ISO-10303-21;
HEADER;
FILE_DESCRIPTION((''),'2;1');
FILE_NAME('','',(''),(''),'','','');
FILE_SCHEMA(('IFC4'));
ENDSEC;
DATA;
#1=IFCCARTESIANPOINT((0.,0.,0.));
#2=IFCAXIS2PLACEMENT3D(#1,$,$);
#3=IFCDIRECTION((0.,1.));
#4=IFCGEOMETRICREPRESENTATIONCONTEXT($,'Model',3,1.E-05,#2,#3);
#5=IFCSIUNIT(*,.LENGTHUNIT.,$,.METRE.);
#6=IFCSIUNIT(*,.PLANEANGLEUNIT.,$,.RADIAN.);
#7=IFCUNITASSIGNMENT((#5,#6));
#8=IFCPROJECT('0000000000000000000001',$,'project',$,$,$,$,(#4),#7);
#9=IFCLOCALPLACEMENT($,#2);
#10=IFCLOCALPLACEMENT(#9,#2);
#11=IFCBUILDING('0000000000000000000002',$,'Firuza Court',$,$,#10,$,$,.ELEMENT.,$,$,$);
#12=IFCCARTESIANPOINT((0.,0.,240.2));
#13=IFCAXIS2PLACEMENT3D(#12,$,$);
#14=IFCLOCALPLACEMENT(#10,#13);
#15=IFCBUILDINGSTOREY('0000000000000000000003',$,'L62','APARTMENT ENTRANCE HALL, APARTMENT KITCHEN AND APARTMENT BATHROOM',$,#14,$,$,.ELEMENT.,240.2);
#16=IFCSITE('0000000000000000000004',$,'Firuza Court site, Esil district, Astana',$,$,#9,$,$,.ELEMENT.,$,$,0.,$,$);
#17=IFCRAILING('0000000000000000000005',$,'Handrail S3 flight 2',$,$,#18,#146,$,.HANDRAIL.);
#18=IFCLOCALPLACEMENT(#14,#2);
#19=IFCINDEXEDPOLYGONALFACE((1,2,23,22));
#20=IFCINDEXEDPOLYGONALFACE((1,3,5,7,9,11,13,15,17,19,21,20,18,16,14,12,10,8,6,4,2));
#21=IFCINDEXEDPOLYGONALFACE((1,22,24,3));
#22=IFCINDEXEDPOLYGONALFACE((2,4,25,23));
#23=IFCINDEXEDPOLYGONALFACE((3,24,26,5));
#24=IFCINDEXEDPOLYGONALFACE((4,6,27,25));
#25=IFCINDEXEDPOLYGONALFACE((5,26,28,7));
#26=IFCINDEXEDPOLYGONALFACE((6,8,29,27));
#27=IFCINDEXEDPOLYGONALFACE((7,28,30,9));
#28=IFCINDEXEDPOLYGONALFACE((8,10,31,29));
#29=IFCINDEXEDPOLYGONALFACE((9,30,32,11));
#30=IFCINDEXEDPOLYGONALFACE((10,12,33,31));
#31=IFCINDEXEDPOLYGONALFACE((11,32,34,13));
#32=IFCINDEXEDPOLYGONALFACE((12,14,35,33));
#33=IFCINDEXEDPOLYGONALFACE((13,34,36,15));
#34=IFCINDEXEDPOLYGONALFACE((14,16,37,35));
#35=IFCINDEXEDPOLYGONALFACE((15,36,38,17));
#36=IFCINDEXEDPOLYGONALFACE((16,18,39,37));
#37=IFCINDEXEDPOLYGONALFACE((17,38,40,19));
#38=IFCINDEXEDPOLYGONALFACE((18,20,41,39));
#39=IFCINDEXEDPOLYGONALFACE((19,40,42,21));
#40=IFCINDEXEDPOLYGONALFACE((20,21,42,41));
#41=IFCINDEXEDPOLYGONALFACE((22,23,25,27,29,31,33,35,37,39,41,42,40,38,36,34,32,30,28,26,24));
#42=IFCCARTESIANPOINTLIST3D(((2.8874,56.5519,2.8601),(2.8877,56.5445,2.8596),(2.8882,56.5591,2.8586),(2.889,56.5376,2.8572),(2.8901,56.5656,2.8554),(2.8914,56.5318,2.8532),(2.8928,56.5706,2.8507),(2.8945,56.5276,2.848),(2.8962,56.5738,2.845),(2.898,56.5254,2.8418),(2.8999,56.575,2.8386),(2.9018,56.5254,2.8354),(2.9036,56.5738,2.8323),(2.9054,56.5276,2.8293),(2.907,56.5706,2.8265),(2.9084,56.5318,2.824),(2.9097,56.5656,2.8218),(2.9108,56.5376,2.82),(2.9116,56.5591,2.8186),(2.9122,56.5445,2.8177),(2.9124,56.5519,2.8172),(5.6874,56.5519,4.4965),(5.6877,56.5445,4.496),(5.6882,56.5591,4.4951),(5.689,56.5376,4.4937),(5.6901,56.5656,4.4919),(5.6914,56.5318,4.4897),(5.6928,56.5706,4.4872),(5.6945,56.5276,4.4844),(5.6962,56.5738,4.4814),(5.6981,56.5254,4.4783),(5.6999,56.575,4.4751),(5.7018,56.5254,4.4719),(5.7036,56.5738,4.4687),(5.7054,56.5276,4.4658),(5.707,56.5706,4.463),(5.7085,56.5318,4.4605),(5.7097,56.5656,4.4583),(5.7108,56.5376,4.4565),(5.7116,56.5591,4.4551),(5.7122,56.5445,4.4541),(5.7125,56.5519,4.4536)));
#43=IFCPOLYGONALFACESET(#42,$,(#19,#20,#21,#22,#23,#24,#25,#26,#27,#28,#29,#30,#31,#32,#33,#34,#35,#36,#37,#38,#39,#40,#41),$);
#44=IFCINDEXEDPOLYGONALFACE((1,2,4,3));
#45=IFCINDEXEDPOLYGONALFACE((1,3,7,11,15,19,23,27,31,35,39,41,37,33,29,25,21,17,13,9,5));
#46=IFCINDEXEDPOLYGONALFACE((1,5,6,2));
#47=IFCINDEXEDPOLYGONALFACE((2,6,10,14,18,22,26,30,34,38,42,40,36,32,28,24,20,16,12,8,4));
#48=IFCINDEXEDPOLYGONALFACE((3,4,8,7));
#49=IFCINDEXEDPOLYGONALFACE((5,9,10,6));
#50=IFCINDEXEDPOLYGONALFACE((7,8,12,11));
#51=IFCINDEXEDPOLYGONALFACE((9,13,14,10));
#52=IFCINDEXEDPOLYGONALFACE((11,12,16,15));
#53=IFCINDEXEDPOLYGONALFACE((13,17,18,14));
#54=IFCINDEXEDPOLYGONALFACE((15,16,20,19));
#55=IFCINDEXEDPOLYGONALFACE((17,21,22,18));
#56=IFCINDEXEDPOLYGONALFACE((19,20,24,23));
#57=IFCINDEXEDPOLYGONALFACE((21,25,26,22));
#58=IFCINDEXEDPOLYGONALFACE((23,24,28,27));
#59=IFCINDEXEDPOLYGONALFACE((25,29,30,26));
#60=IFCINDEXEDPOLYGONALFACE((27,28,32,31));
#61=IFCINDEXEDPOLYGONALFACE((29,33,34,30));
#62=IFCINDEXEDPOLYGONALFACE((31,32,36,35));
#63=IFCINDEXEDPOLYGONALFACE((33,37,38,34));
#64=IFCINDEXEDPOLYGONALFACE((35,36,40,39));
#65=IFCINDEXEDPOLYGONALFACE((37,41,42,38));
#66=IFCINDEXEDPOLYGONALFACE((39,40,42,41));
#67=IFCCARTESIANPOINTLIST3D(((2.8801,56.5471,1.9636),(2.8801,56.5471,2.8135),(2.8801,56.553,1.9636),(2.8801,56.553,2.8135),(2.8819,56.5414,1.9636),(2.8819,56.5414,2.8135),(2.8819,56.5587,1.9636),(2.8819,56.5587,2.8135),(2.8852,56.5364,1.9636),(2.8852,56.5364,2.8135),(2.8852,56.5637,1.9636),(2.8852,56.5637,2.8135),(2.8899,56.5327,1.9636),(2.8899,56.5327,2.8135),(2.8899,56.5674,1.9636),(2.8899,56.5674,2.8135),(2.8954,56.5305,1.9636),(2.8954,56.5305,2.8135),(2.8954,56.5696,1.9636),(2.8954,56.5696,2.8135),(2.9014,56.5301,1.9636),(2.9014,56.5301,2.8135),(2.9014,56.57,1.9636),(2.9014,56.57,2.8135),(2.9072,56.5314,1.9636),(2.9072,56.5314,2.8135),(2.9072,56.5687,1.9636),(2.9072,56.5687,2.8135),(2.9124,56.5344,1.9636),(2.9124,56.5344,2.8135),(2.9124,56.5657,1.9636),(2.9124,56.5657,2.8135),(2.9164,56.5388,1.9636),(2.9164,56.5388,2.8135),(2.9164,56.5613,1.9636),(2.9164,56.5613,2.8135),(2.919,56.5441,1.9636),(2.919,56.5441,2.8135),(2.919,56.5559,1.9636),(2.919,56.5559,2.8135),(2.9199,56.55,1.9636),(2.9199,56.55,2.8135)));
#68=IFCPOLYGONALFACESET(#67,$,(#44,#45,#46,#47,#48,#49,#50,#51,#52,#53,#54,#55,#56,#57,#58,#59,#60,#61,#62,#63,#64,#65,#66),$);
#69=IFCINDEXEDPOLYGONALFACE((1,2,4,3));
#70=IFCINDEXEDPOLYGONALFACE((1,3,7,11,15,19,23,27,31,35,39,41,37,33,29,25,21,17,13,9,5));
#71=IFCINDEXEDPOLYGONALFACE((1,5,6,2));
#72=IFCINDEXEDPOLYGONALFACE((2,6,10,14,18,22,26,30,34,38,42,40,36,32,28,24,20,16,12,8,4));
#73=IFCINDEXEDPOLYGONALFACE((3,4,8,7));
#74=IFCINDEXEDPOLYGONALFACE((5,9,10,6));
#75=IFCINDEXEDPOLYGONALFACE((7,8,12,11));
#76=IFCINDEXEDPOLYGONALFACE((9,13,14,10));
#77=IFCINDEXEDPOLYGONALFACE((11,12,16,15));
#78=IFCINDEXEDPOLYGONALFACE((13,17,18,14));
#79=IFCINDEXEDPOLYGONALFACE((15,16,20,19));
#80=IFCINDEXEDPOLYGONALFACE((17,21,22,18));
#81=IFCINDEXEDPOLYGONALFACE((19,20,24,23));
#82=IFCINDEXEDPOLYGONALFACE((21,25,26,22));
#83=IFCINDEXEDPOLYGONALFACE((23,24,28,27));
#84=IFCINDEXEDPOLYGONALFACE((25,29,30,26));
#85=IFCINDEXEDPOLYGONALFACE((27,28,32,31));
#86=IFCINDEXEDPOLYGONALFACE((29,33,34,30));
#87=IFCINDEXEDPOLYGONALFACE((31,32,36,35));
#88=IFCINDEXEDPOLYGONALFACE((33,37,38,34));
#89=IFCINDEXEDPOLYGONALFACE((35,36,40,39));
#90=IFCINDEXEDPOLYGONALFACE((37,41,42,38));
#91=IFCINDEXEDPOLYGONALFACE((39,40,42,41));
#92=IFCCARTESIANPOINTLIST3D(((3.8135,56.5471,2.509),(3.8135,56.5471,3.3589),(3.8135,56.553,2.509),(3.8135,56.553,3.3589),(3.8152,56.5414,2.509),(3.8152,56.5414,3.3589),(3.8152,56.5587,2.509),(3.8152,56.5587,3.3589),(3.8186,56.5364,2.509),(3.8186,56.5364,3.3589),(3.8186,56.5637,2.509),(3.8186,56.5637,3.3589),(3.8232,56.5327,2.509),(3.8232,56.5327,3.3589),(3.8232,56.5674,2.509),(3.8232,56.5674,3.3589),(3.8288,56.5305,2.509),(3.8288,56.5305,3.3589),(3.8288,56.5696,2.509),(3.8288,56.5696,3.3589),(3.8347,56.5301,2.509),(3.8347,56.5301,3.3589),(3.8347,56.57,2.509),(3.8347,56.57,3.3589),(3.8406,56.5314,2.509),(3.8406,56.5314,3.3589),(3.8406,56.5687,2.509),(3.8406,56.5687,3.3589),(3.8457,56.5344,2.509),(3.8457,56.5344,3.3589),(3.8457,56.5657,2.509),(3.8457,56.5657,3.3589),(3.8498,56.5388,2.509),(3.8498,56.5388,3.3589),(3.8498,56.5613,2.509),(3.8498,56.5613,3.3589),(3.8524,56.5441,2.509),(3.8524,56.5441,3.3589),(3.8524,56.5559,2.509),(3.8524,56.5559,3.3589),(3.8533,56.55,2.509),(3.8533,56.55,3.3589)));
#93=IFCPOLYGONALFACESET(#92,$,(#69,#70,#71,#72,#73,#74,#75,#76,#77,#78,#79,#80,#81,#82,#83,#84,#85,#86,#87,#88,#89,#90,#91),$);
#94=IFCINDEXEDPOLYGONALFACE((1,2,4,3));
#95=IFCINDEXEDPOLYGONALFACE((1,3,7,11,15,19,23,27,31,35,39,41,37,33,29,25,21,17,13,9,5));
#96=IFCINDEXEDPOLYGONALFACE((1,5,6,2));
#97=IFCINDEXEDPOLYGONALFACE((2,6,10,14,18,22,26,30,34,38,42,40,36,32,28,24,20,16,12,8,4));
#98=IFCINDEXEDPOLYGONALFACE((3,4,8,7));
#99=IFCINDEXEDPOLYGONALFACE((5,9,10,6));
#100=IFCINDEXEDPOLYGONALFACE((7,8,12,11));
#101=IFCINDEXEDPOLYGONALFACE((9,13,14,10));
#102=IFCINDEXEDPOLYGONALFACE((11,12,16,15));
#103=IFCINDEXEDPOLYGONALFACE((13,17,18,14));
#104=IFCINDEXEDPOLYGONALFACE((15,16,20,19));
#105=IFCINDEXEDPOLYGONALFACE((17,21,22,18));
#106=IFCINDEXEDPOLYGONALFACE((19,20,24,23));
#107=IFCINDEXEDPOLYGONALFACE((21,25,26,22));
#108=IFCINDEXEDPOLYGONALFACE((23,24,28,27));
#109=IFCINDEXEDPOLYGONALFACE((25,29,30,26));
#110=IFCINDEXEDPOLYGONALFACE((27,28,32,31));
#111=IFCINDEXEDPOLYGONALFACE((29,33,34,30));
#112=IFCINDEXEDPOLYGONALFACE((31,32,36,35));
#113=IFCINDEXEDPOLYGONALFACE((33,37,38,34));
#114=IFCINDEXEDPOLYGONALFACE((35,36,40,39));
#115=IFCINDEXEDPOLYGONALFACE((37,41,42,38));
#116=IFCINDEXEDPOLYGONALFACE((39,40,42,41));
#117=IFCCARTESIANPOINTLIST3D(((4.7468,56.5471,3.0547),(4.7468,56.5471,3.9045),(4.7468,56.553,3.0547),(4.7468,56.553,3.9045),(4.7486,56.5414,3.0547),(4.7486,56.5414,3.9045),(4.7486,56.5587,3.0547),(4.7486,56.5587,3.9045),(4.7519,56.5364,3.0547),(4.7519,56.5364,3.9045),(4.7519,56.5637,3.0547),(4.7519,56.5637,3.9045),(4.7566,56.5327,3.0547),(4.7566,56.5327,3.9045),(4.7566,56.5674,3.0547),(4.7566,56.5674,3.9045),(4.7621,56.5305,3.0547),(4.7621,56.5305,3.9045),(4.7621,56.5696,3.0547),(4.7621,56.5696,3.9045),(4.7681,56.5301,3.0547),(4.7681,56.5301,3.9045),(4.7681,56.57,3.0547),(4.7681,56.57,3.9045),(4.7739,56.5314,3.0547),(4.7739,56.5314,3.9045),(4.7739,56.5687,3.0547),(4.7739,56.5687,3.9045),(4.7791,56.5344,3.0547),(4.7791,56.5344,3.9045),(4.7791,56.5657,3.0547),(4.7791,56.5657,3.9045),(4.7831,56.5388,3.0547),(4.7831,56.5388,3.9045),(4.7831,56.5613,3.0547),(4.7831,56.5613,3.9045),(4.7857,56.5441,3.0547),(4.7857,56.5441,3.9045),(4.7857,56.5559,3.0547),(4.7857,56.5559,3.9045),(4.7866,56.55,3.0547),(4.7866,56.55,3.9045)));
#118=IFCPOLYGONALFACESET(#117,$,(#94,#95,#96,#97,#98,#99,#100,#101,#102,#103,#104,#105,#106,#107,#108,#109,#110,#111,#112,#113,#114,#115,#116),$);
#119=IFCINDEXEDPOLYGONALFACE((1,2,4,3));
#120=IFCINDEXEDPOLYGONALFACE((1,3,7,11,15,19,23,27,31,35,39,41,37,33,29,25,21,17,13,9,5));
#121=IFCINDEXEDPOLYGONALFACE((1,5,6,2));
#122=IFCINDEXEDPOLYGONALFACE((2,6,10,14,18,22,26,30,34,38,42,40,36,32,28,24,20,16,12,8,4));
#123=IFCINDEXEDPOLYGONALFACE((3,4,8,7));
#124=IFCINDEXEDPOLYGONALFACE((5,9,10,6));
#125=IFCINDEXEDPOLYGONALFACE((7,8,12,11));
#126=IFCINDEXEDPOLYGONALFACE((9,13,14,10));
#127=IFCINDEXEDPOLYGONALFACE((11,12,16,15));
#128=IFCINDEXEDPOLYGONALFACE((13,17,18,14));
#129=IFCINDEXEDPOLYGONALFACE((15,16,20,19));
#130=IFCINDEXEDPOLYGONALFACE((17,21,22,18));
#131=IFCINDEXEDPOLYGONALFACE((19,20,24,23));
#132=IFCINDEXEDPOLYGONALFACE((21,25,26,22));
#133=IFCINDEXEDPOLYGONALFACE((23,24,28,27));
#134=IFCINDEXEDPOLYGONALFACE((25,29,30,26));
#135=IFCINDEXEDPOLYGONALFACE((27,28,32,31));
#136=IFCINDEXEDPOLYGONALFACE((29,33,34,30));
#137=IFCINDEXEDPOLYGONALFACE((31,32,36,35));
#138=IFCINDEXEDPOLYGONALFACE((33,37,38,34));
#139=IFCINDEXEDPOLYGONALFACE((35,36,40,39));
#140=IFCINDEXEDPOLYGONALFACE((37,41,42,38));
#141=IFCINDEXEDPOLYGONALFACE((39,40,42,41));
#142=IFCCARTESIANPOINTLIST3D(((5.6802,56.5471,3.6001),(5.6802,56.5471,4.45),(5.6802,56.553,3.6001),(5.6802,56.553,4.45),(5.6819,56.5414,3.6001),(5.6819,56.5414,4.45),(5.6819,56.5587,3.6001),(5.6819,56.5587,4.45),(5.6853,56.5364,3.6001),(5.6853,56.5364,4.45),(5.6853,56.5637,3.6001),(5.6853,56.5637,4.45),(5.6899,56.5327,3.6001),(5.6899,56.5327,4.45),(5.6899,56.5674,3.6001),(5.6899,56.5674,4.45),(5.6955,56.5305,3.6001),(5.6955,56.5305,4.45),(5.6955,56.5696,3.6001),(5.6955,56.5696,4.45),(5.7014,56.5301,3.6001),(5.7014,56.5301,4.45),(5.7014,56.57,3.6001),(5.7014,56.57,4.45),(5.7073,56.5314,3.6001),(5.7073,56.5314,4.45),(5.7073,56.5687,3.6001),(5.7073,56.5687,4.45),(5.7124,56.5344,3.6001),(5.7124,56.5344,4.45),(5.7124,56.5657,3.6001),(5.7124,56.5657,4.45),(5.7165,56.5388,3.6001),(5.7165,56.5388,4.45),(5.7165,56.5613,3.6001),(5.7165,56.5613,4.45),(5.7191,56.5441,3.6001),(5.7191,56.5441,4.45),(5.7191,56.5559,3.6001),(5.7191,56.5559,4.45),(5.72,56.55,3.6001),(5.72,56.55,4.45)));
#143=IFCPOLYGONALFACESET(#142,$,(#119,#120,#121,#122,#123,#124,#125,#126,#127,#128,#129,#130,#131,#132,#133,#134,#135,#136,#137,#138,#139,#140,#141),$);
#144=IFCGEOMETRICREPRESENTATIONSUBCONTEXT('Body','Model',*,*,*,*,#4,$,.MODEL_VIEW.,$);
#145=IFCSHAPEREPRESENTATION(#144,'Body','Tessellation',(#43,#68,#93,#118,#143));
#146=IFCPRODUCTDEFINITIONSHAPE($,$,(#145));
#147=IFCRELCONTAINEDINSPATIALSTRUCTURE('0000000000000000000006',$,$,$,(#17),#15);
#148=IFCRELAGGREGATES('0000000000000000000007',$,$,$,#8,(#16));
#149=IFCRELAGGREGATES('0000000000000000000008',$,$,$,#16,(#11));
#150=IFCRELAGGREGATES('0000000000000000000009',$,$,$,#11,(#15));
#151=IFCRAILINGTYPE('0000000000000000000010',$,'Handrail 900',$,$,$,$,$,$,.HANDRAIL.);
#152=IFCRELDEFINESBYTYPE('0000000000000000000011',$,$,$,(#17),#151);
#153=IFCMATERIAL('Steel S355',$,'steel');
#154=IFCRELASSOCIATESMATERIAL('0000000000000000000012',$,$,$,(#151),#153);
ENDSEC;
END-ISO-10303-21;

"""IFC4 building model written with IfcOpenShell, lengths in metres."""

from ifc_helpers import new_model, si_unit, direction, frame, origin, origin_2d, place, context, subcontext, project, spatial, circle, extrude, material, type_object, element, save


model = new_model("IFC4")

# Units and contexts
model_context = context("Model", 3, precision=1e-05, world=origin(), true_north=direction((0.0, 1.0)))
body_context = subcontext(model_context, "Body", "Model", "MODEL_VIEW")
ifc_project = project(units=[si_unit("LENGTHUNIT", "METRE"), si_unit("PLANEANGLEUNIT", "RADIAN")], contexts=[model_context])

# Site, building, storey
site_placement = place(None, origin())
site = spatial("IfcSite", under=ifc_project, at=site_placement, Name="Firuza Court site, Esil district, Astana", CompositionType="ELEMENT", RefElevation=0.0)
building_placement = place(site_placement, origin())
building = spatial("IfcBuilding", under=site, at=building_placement, Name="Firuza Court", CompositionType="ELEMENT")
storey_placement = place(building_placement, frame((0.0, 0.0, 240.2)))
storey = spatial("IfcBuildingStorey", under=building, at=storey_placement, Name="L62", Description="APARTMENT ENTRANCE HALL, APARTMENT KITCHEN AND APARTMENT BATHROOM", CompositionType="ELEMENT", Elevation=240.2)

# Railing
ifc_material_1 = material(Name="Steel S355", Category="steel")
railing_type_1 = type_object("IfcRailingType", Name="Handrail 900", PredefinedType="HANDRAIL", material=ifc_material_1)
railing_1_placement = place(storey_placement, frame((2.8999, 56.55, 1.9636)))
element("IfcRailing", 1, at=railing_1_placement, inside=storey, type_object=railing_type_1, Name="Handrail S3 flight 2", PredefinedType="HANDRAIL", context=body_context, shape_type="SweptSolid", body=[
    extrude(circle(Radius=0.0249, at=origin_2d()), frame((0.0, 0.0, 0.875), z_axis=(0.863361, 0.0, 0.504587), x_axis=(0.0, 1.0, 0.0)), (0.0, 0.0, 1.0), 3.2432),
    extrude(circle(Radius=0.02, at=origin_2d()), origin(), (0.0, 0.0, 1.0), 0.8499),
    extrude(circle(Radius=0.02, at=origin_2d()), frame((0.9333, 0.0, 0.5454)), (0.0, 0.0, 1.0), 0.8499),
    extrude(circle(Radius=0.02, at=origin_2d()), frame((1.8667, 0.0, 1.0911)), (0.0, 0.0, 1.0), 0.8499),
    extrude(circle(Radius=0.02, at=origin_2d()), frame((2.8, 0.0, 1.6365)), (0.0, 0.0, 1.0), 0.8499),
])

save(model, "model.ifc")
